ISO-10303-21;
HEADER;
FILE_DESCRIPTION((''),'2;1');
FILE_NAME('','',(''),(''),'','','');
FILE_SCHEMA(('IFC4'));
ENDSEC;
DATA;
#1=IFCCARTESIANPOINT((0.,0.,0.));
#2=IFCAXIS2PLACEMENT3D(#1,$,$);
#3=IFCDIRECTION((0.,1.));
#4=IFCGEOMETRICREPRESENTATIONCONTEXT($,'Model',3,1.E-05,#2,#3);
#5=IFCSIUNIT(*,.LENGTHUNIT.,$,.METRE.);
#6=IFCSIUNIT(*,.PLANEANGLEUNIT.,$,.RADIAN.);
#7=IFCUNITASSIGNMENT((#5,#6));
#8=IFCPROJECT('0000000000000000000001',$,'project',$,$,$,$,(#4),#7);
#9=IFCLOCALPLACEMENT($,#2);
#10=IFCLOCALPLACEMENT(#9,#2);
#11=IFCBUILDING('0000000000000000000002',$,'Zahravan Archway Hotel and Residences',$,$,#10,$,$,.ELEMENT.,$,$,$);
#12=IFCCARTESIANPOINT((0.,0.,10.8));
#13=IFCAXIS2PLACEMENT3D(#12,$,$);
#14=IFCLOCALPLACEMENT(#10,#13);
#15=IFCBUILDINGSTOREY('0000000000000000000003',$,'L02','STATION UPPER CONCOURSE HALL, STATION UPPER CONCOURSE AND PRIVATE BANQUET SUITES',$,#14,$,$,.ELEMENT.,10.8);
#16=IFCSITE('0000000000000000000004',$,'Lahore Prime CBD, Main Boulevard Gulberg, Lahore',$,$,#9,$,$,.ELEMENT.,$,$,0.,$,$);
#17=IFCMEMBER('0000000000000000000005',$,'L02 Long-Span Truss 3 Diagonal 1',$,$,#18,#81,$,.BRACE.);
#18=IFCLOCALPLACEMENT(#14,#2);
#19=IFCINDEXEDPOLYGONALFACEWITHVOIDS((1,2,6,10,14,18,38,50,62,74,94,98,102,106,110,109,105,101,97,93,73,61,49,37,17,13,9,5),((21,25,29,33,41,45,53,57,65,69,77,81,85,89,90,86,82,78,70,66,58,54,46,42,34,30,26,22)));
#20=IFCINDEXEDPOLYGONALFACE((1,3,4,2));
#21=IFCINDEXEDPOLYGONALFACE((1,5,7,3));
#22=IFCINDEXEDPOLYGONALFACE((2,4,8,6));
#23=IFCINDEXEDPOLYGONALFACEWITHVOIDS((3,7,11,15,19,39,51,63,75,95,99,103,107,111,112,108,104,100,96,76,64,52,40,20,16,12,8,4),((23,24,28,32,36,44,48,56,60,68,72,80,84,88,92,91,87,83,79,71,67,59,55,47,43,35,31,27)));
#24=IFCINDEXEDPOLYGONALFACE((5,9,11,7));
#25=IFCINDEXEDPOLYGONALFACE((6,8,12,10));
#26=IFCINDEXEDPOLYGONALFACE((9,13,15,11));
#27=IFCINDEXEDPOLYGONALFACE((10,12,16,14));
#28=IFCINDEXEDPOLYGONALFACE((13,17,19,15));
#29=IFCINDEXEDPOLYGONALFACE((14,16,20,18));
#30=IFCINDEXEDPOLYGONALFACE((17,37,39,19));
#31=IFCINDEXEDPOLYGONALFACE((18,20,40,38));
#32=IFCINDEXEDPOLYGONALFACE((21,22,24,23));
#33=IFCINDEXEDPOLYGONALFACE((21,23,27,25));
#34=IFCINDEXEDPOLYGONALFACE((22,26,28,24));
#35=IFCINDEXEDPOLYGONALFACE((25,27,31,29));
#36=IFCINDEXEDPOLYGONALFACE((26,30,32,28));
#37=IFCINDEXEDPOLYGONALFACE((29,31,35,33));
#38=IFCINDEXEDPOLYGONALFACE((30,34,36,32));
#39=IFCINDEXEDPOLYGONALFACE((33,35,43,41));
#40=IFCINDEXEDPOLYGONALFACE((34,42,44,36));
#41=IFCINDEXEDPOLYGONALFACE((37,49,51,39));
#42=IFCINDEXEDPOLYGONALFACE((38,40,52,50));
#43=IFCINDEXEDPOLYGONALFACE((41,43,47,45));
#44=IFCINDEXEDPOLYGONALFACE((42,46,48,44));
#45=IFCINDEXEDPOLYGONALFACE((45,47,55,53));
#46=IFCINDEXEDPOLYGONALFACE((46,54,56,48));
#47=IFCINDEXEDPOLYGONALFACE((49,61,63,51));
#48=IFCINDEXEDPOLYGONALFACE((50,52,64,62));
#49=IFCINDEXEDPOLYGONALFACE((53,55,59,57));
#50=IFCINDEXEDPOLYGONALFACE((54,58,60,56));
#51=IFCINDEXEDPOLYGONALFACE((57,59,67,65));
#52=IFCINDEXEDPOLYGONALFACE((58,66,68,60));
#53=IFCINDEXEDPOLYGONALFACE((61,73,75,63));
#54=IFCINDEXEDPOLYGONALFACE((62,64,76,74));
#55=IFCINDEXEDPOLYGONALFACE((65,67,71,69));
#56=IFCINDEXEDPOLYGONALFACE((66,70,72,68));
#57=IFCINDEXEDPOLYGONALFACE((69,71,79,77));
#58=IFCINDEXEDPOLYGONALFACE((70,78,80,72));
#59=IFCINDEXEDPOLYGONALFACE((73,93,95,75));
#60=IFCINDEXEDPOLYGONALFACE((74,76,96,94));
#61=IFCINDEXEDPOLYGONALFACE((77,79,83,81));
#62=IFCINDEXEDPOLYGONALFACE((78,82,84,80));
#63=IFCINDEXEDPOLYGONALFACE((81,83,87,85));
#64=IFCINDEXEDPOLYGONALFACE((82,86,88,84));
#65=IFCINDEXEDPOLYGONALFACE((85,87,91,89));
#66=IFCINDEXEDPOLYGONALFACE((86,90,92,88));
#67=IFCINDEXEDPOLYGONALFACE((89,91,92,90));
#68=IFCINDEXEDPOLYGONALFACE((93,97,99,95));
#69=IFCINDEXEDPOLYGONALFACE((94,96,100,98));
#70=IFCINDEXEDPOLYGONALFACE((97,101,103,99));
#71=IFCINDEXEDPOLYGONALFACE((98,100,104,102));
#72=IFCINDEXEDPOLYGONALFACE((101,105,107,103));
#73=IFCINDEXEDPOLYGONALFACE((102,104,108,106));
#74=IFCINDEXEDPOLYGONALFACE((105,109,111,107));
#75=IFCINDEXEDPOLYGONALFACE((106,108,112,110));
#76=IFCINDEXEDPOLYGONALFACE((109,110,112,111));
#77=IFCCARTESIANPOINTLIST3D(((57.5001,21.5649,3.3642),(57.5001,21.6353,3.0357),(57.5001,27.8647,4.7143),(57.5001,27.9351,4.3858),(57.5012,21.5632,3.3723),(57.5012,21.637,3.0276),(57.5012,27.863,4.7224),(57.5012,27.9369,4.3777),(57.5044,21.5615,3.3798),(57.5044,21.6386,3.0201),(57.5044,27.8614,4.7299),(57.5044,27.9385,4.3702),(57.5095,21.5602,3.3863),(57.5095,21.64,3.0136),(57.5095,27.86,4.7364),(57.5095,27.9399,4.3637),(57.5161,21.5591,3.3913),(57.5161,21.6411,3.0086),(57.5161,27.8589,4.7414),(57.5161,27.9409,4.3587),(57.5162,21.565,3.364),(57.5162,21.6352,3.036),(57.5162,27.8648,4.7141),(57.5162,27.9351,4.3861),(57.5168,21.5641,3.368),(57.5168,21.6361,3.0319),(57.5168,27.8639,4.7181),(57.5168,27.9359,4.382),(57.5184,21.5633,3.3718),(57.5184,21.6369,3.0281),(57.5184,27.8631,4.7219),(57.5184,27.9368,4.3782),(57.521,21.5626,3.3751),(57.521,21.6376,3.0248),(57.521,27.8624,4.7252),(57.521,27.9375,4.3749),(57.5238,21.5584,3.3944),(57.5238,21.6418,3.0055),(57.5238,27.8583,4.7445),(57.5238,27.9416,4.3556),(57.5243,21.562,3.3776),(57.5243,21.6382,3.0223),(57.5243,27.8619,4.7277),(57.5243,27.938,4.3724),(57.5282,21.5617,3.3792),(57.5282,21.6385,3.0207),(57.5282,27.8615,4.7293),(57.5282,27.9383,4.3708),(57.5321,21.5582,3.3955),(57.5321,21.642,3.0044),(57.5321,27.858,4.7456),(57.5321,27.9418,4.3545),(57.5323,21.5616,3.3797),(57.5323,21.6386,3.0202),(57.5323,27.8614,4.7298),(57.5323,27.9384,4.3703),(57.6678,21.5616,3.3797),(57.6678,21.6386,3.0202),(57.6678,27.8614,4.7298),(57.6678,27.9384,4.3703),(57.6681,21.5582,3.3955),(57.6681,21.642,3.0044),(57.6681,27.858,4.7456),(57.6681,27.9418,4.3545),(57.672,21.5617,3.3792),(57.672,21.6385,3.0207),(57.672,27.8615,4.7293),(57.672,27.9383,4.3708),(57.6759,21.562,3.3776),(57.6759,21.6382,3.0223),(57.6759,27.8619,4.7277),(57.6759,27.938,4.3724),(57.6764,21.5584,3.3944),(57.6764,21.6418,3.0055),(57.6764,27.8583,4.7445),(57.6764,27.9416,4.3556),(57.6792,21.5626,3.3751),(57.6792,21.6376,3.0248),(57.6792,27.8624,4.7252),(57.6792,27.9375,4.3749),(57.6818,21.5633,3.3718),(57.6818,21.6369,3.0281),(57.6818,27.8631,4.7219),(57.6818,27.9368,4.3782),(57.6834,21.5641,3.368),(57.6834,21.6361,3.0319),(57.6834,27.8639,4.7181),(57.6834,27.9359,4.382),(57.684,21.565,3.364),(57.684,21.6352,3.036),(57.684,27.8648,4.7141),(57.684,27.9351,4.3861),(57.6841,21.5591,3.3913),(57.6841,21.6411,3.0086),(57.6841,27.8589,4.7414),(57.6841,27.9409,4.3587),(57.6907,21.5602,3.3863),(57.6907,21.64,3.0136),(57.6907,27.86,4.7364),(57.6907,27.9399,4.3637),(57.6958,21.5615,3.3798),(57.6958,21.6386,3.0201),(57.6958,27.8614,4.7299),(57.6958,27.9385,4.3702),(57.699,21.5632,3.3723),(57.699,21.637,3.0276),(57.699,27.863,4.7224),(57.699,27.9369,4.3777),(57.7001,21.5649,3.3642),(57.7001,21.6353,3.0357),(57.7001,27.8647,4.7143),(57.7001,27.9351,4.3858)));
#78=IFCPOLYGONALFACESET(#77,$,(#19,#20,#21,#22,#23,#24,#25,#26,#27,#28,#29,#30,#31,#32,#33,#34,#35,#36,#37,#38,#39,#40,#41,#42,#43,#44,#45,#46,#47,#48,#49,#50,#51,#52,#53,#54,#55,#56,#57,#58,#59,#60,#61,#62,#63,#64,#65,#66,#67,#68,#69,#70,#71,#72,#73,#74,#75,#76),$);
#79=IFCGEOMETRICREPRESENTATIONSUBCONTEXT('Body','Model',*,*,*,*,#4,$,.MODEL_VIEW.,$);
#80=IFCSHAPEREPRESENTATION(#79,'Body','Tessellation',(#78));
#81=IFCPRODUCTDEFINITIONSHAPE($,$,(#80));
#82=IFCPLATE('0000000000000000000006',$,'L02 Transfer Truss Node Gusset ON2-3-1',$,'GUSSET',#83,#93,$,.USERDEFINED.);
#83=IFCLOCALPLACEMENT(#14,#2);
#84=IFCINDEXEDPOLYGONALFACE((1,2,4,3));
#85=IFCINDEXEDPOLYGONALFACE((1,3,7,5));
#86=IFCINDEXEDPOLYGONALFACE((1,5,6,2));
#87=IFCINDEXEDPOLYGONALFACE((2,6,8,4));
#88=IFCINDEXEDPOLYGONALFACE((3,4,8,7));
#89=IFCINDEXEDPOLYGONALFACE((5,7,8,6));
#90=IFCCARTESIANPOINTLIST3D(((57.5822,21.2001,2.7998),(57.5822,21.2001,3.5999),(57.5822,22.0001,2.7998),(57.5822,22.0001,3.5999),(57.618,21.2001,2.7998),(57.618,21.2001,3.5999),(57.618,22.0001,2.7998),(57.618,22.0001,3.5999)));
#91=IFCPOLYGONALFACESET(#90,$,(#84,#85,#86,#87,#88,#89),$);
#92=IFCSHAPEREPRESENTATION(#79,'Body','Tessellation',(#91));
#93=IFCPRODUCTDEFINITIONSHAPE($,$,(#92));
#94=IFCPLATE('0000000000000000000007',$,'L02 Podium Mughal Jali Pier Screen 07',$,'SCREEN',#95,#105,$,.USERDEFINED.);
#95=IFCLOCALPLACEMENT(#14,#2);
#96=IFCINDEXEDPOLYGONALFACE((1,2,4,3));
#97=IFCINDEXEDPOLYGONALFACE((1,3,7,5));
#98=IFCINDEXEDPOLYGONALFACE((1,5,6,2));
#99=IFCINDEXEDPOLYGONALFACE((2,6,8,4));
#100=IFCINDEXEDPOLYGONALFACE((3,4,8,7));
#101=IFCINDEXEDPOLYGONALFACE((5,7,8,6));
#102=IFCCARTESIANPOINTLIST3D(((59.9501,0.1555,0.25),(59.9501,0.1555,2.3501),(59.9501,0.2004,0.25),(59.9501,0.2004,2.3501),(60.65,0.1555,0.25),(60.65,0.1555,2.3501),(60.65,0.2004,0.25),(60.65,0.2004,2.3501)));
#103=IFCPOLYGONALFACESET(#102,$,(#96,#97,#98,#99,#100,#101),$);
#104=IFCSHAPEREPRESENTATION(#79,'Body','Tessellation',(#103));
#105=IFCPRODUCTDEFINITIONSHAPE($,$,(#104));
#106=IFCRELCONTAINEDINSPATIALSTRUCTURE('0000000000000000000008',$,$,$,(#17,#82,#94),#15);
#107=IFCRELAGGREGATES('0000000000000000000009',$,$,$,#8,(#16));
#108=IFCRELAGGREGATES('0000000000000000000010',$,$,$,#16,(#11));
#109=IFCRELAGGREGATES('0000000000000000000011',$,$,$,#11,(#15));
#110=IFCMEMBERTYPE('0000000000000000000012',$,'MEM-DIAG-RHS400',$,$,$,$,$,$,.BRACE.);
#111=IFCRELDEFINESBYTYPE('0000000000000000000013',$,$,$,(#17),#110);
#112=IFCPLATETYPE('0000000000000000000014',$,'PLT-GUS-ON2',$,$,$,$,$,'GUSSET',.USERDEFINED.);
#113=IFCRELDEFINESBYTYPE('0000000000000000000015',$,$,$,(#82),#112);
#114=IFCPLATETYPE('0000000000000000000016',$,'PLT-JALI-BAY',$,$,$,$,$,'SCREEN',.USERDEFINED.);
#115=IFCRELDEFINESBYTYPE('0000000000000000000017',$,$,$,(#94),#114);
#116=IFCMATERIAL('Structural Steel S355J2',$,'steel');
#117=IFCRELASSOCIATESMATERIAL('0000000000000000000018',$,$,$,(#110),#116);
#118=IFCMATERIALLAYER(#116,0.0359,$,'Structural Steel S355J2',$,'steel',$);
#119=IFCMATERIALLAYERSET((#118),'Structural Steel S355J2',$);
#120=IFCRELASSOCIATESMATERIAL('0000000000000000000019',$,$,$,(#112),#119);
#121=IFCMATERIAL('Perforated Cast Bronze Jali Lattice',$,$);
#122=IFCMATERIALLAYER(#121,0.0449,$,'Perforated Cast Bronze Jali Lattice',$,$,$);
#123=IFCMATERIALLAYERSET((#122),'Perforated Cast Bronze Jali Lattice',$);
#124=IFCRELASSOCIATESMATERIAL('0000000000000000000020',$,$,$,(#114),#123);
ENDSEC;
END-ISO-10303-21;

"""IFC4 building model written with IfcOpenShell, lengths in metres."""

from ifc_helpers import new_model, si_unit, direction, frame, origin, origin_2d, place, context, subcontext, project, spatial, rectangle, hollow_rectangle, extrude, source, transform, mapped, material, layer, layer_set, material_profile, profile_set, type_object, type_shapes, element, save


model = new_model("IFC4")

# Units and contexts
model_context = context("Model", 3, precision=1e-05, world=origin(), true_north=direction((0.0, 1.0)))
body_context = subcontext(model_context, "Body", "Model", "MODEL_VIEW")
ifc_project = project(units=[si_unit("LENGTHUNIT", "METRE"), si_unit("PLANEANGLEUNIT", "RADIAN")], contexts=[model_context])

# Site, building, storey
site_placement = place(None, origin())
site = spatial("IfcSite", under=ifc_project, at=site_placement, Name="Lahore Prime CBD, Main Boulevard Gulberg, Lahore", CompositionType="ELEMENT", RefElevation=0.0)
building_placement = place(site_placement, origin())
building = spatial("IfcBuilding", under=site, at=building_placement, Name="Zahravan Archway Hotel and Residences", CompositionType="ELEMENT")
storey_placement = place(building_placement, frame((0.0, 0.0, 10.8)))
storey = spatial("IfcBuildingStorey", under=building, at=storey_placement, Name="L02", Description="STATION UPPER CONCOURSE HALL, STATION UPPER CONCOURSE AND PRIVATE BANQUET SUITES", CompositionType="ELEMENT", Elevation=10.8)

# Shared definitions
ifc_material_1 = material(Name="Structural Steel S355J2", Category="steel")

# Member
ifc_material_profile_1 = material_profile(ifc_material_1, hollow_rectangle(XDim=0.2, YDim=0.3999, WallThickness=0.0161, InnerFilletRadius=0.0161, OuterFilletRadius=0.032, at=origin_2d()), Name="RHS 400x200x16", Category="steel")
ifc_profile_set_1 = profile_set([ifc_material_profile_1], Name="Structural Steel S355J2")
member_type_1 = type_object("IfcMemberType", Name="MEM-DIAG-RHS400", PredefinedType="BRACE", material=ifc_profile_set_1)
shared_shape_1 = source(origin(), body_context, "Body", "SweptSolid", [
    extrude(hollow_rectangle(XDim=0.2, YDim=0.3999, WallThickness=0.0161, InnerFilletRadius=0.0161, OuterFilletRadius=0.032, at=origin_2d()), origin(), (0.0, 0.0, 1.0), 6.4429),
])
type_shapes(member_type_1, [shared_shape_1])
member_placement = place(storey_placement, frame((57.6001, 21.6001, 3.2), z_axis=(0.0, 0.977798, 0.20955), x_axis=(-1.0, 0.0, 0.0)))
element("IfcMember", 1, at=member_placement, inside=storey, type_object=member_type_1, Name="L02 Long-Span Truss 3 Diagonal 1", PredefinedType="BRACE", context=body_context, shape_type="MappedRepresentation", body=[
    mapped(shared_shape_1, transform((0.0, 0.0, 0.0), scale=1.0)),
])

# Plates
ifc_layer_1 = layer(ifc_material_1, 0.0359, Name="Structural Steel S355J2", Category="steel")
ifc_layer_set_1 = layer_set([ifc_layer_1], Name="Structural Steel S355J2")
plate_type_1 = type_object("IfcPlateType", Name="PLT-GUS-ON2", ElementType="GUSSET", PredefinedType="USERDEFINED", material=ifc_layer_set_1)
shared_shape_2 = source(origin(), body_context, "Body", "SweptSolid", [
    extrude(rectangle(XDim=0.8, YDim=0.0359, at=origin_2d()), origin(), (0.0, 0.0, 1.0), 0.8),
])
type_shapes(plate_type_1, [shared_shape_2])
plate_1_placement = place(storey_placement, frame((57.6001, 21.6001, 2.7998), z_axis=(0.0, 0.0, 1.0), x_axis=(0.0, 1.0, 0.0)))
element("IfcPlate", 2, at=plate_1_placement, inside=storey, type_object=plate_type_1, Name="L02 Transfer Truss Node Gusset ON2-3-1", ObjectType="GUSSET", PredefinedType="USERDEFINED", context=body_context, shape_type="MappedRepresentation", body=[
    mapped(shared_shape_2, transform((0.0, 0.0, 0.0), scale=1.0)),
])
ifc_material_2 = material(Name="Perforated Cast Bronze Jali Lattice")
ifc_layer_2 = layer(ifc_material_2, 0.0449, Name="Perforated Cast Bronze Jali Lattice")
ifc_layer_set_2 = layer_set([ifc_layer_2], Name="Perforated Cast Bronze Jali Lattice")
plate_type_2 = type_object("IfcPlateType", Name="PLT-JALI-BAY", ElementType="SCREEN", PredefinedType="USERDEFINED", material=ifc_layer_set_2)
shared_shape_3 = source(origin(), body_context, "Body", "SweptSolid", [
    extrude(rectangle(XDim=0.7, YDim=0.0449, at=origin_2d()), origin(), (0.0, 0.0, 1.0), 2.1001),
])
type_shapes(plate_type_2, [shared_shape_3])
plate_2_placement = place(storey_placement, frame((60.3, 0.178, 0.25), z_axis=(0.0, 0.0, 1.0), x_axis=(1.0, 0.0, 0.0)))
element("IfcPlate", 3, at=plate_2_placement, inside=storey, type_object=plate_type_2, Name="L02 Podium Mughal Jali Pier Screen 07", ObjectType="SCREEN", PredefinedType="USERDEFINED", context=body_context, shape_type="MappedRepresentation", body=[
    mapped(shared_shape_3, transform((0.0, 0.0, 0.0), scale=1.0)),
])

save(model, "model.ifc")
